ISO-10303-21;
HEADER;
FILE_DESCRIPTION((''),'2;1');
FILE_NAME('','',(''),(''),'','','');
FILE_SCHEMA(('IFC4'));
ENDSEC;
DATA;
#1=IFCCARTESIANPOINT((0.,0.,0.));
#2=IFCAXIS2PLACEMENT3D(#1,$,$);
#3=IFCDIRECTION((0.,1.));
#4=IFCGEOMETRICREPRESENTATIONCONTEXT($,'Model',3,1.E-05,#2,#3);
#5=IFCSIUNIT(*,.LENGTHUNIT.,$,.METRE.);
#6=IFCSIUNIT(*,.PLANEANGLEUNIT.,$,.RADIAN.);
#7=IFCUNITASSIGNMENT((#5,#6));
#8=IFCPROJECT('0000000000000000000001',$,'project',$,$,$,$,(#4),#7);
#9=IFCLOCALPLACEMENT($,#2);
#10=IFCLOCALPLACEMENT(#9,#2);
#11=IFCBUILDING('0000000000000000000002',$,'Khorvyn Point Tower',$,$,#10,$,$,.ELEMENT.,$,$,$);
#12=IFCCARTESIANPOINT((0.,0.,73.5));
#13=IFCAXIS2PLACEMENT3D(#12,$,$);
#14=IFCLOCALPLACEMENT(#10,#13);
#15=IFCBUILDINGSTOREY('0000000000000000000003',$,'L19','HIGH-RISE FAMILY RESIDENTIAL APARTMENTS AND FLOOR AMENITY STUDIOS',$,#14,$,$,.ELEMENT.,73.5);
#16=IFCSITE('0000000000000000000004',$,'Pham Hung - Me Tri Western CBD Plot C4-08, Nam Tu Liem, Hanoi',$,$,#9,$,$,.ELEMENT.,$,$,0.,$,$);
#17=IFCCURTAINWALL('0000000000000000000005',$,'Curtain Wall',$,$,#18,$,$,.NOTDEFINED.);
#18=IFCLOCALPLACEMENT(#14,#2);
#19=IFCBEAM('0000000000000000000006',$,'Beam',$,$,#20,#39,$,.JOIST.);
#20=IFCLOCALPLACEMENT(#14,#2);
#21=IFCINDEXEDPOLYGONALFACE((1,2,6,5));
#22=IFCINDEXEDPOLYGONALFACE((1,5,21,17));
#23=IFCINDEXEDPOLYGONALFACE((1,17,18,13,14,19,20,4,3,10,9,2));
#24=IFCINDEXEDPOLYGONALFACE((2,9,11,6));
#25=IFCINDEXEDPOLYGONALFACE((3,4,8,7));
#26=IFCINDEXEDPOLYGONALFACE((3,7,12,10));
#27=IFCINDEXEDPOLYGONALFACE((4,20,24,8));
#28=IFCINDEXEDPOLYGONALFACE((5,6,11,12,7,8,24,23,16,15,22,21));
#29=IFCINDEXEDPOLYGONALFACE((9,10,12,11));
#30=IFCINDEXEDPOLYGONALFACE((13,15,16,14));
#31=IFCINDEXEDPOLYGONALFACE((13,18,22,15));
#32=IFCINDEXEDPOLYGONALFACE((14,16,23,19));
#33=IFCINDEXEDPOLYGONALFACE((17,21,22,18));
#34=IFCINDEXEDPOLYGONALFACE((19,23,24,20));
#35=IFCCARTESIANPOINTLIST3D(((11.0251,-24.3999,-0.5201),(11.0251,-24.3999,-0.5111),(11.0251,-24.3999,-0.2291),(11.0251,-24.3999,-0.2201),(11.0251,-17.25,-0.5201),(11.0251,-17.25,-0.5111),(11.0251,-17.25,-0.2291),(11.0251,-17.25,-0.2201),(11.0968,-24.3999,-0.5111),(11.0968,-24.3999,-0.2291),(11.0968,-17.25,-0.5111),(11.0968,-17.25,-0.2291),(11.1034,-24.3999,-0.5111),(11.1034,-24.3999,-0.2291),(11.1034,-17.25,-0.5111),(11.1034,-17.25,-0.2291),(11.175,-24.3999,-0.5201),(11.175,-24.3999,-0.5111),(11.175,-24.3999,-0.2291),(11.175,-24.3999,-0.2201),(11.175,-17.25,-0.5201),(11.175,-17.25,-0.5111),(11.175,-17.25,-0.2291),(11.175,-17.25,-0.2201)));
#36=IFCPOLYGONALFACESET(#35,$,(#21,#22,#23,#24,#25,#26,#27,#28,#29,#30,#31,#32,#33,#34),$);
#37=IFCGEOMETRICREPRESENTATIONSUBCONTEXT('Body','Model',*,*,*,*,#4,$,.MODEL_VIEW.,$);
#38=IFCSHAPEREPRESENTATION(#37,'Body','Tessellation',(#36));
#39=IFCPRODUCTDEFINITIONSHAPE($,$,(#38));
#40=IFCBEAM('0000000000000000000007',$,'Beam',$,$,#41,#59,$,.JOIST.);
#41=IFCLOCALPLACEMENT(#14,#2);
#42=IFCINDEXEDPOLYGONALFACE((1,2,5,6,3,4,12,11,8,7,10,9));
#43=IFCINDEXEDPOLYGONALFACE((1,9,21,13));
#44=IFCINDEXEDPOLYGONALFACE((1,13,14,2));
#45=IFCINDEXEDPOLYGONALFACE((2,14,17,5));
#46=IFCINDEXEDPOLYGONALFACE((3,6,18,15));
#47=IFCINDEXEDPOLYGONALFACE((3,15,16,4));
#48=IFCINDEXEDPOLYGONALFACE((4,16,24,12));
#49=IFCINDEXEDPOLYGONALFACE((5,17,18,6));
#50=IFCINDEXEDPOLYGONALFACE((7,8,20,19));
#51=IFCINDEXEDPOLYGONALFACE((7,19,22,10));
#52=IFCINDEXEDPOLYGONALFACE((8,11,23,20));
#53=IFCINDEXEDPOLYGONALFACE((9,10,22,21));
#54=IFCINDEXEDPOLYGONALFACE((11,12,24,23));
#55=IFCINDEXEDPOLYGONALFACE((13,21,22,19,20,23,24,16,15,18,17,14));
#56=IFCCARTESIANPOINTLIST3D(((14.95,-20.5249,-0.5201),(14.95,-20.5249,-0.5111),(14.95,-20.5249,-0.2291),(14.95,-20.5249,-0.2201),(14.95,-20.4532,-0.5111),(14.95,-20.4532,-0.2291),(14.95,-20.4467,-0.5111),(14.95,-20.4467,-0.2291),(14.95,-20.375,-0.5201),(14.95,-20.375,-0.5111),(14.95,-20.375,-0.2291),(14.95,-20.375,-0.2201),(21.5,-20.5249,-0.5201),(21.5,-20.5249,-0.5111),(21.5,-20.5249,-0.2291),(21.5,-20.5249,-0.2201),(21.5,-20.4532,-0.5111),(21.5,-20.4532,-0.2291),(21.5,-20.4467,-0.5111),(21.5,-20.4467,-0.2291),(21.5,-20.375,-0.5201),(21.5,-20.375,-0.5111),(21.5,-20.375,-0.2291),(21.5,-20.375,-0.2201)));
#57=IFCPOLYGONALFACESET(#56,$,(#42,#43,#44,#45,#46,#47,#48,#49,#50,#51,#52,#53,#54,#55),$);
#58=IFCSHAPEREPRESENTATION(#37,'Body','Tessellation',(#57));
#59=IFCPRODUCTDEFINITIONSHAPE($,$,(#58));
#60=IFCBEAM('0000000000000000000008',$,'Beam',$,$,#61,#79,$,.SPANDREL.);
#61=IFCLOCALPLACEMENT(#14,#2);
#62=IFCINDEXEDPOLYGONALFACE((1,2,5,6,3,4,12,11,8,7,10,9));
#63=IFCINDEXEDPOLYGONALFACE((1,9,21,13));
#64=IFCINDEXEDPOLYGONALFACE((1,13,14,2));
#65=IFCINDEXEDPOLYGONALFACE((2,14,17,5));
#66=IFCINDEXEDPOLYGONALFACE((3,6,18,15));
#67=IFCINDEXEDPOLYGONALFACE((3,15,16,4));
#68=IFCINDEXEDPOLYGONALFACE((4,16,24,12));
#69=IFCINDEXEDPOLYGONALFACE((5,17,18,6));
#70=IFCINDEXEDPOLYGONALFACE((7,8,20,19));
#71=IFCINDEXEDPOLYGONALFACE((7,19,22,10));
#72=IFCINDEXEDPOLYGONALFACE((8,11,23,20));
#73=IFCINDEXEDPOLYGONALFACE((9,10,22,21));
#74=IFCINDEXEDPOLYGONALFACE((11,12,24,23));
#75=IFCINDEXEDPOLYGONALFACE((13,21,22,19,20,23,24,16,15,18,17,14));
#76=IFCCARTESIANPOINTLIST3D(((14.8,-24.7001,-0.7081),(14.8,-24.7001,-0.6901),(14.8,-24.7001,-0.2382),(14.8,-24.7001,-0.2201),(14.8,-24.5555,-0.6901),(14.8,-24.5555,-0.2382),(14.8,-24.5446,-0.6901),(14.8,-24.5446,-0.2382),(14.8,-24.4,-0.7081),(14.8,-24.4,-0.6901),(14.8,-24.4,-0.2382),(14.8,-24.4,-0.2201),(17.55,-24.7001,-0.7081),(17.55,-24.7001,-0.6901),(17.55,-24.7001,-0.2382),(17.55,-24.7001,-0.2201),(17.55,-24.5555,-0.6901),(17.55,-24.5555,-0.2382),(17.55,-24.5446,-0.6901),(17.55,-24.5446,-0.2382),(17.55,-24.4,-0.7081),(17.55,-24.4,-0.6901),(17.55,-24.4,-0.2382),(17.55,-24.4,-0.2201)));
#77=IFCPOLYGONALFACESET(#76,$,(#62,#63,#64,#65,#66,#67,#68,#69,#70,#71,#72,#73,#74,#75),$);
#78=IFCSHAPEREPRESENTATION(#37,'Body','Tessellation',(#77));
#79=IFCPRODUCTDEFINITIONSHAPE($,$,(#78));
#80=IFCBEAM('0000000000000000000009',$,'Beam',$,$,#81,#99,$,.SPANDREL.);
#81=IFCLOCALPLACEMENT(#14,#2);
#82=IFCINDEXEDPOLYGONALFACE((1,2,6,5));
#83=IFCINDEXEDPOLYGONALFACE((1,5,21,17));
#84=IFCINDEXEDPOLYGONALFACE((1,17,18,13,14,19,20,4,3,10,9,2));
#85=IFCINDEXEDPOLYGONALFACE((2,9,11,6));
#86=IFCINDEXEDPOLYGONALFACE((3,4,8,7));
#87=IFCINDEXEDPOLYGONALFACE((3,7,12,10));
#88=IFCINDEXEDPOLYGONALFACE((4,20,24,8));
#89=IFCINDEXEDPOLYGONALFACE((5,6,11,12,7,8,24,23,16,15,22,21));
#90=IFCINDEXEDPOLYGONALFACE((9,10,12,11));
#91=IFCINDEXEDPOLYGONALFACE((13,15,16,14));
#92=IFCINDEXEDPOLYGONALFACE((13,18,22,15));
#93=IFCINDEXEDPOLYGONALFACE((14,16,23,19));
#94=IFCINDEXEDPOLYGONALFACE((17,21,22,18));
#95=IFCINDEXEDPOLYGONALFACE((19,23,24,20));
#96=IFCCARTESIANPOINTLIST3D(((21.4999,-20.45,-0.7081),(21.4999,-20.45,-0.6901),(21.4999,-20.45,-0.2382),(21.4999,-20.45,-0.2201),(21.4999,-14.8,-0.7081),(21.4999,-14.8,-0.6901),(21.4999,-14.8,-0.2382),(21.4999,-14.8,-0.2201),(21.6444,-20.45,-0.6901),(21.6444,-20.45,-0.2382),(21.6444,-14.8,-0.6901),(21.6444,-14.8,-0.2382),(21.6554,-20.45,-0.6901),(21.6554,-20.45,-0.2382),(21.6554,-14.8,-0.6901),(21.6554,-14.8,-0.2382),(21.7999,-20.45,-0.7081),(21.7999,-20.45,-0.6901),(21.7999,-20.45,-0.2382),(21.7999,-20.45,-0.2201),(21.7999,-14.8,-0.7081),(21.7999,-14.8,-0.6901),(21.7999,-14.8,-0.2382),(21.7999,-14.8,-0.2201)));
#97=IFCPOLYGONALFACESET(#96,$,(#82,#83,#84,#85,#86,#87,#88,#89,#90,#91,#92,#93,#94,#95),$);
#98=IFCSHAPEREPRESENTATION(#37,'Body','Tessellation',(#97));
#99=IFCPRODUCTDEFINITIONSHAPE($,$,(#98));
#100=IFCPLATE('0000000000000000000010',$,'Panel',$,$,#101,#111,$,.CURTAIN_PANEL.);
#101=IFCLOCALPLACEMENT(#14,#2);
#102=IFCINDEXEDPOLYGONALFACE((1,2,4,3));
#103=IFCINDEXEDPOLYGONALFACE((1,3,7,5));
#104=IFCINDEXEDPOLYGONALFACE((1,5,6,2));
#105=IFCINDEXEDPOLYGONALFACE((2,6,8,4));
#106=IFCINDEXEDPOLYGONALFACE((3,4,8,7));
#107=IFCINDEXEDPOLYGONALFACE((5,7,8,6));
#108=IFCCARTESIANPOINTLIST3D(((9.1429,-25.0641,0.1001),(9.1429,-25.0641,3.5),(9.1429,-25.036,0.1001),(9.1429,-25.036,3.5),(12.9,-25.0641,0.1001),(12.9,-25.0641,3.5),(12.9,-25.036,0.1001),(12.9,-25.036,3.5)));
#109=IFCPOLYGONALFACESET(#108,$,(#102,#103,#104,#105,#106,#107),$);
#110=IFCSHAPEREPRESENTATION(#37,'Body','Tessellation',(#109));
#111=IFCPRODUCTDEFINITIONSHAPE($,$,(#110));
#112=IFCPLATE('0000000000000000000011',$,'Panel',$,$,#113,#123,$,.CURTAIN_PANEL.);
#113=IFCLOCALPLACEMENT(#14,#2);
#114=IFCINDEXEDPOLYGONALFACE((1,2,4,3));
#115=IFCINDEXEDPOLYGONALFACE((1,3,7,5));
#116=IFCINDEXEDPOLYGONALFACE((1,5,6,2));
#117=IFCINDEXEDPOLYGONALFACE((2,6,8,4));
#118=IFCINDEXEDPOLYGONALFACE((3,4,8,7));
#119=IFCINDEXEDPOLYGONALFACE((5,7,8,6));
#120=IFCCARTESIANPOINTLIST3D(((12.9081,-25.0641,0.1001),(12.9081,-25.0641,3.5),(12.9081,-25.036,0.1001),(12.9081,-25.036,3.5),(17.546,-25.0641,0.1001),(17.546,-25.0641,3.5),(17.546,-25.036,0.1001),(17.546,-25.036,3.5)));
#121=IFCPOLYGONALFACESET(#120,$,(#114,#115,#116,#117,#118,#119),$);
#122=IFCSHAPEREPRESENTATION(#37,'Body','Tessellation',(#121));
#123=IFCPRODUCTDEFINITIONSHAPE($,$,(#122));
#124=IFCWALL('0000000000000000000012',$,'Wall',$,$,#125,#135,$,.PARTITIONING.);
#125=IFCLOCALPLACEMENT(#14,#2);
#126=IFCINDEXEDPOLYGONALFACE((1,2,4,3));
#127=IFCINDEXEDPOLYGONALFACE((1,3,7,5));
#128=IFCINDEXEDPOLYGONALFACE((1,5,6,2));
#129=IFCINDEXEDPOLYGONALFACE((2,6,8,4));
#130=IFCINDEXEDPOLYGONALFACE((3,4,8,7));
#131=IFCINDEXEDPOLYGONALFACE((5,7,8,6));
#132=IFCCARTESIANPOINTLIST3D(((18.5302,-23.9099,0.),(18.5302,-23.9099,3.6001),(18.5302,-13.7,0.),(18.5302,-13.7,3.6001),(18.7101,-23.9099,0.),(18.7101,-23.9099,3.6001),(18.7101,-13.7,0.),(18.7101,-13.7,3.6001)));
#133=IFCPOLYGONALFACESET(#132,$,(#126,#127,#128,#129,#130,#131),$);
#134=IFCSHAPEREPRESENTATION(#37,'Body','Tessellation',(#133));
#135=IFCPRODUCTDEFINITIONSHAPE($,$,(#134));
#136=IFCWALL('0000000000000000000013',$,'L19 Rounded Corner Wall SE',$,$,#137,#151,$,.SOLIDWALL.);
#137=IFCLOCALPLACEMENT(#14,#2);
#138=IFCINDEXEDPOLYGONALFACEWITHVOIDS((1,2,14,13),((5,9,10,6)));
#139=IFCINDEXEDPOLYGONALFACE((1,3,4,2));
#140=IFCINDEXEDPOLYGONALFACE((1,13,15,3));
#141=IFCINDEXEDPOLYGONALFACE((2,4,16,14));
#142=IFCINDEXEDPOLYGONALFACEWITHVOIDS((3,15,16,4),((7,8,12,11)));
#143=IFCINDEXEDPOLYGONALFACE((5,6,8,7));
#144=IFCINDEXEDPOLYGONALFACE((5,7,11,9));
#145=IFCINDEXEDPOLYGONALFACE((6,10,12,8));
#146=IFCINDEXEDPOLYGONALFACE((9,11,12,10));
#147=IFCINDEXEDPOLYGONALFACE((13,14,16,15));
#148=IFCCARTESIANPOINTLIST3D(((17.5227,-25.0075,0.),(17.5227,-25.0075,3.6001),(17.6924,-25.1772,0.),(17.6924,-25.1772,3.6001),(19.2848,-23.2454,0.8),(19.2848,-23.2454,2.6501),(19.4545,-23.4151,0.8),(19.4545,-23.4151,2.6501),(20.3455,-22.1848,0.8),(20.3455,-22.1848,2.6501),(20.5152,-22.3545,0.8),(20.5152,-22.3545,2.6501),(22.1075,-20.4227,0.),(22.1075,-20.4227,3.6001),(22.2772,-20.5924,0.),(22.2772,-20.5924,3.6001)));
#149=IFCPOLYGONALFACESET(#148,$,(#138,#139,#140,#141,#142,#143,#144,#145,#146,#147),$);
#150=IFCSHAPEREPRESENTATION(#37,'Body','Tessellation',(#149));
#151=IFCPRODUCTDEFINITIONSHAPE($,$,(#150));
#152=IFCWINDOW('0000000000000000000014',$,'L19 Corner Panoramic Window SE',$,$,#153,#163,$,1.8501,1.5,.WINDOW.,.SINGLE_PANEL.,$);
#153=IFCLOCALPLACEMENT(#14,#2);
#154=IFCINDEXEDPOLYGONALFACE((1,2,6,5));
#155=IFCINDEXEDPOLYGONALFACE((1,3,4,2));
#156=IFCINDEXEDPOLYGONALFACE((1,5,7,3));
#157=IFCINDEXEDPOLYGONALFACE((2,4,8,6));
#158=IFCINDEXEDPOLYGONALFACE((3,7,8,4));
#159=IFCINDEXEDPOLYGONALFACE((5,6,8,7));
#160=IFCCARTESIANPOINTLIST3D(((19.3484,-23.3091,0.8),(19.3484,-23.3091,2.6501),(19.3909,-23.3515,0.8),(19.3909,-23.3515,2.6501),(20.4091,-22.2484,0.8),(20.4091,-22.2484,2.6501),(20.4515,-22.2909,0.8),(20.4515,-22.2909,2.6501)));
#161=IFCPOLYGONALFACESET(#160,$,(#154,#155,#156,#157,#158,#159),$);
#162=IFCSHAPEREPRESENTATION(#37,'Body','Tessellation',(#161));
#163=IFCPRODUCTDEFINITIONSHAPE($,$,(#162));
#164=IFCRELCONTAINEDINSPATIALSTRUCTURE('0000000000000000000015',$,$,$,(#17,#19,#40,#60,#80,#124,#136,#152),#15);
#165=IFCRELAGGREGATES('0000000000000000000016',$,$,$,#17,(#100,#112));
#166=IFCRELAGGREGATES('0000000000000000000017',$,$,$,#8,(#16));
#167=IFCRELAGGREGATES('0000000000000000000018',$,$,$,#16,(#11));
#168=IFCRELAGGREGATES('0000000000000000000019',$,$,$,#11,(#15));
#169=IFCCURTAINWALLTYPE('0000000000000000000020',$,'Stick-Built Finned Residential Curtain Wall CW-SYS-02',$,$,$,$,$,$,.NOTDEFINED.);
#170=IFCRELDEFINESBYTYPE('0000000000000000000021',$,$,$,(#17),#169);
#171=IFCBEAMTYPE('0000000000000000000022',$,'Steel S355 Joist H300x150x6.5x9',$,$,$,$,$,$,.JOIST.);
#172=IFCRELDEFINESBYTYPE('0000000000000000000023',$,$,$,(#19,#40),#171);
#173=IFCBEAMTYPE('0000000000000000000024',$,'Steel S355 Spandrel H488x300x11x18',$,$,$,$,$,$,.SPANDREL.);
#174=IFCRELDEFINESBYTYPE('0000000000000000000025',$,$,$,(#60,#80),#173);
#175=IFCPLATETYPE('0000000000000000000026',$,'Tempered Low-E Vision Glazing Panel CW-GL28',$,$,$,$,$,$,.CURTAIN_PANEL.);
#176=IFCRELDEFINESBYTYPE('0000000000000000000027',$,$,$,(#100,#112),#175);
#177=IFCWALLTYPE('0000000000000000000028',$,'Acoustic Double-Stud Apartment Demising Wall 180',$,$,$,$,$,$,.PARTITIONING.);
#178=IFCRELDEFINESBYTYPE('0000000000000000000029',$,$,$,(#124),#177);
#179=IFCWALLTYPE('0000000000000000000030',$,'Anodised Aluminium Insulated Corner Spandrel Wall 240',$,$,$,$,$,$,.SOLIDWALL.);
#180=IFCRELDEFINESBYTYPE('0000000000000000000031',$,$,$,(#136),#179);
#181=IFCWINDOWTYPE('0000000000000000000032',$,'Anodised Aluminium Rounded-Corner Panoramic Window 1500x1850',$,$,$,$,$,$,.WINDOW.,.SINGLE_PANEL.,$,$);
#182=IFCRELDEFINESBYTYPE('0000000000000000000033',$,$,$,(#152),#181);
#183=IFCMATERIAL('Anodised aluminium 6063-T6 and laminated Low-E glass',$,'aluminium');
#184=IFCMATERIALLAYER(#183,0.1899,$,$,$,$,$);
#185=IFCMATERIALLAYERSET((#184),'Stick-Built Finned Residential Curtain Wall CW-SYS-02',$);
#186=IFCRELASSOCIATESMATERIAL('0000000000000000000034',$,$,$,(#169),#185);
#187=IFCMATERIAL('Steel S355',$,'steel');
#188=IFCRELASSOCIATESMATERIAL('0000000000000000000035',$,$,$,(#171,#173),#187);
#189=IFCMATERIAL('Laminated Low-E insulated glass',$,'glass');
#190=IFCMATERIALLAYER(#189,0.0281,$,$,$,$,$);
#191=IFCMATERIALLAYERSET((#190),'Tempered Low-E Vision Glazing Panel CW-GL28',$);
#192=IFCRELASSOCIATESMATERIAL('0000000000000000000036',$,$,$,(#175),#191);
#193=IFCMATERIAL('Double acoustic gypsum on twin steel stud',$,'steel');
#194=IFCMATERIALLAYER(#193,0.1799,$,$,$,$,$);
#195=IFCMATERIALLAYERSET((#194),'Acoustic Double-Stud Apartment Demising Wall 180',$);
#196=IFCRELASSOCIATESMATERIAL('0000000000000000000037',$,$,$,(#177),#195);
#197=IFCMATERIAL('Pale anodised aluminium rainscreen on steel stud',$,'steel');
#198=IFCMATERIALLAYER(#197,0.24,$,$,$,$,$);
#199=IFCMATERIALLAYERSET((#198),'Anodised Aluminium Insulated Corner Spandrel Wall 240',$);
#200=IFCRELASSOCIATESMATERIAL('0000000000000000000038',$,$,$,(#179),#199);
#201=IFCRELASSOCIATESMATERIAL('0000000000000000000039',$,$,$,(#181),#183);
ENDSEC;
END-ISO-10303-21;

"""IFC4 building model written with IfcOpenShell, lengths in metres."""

from ifc_helpers import new_model, si_unit, direction, frame, frame_2d, origin, origin_2d, place, context, subcontext, project, spatial, rectangle, i_section, extrude, material, layer, layer_set, material_profile, profile_set, type_object, element, fill, aggregate, save


model = new_model("IFC4")

# Units and contexts
model_context = context("Model", 3, precision=1e-05, world=origin(), true_north=direction((0.0, 1.0)))
body_context = subcontext(model_context, "Body", "Model", "MODEL_VIEW")
ifc_project = project(units=[si_unit("LENGTHUNIT", "METRE"), si_unit("PLANEANGLEUNIT", "RADIAN")], contexts=[model_context])

# Site, building, storey
site_placement = place(None, origin())
site = spatial("IfcSite", under=ifc_project, at=site_placement, Name="Pham Hung - Me Tri Western CBD Plot C4-08, Nam Tu Liem, Hanoi", CompositionType="ELEMENT", RefElevation=0.0)
building_placement = place(site_placement, origin())
building = spatial("IfcBuilding", under=site, at=building_placement, Name="Khorvyn Point Tower", CompositionType="ELEMENT")
storey_placement = place(building_placement, frame((0.0, 0.0, 73.5)))
storey = spatial("IfcBuildingStorey", under=building, at=storey_placement, Name="L19", Description="HIGH-RISE FAMILY RESIDENTIAL APARTMENTS AND FLOOR AMENITY STUDIOS", CompositionType="ELEMENT", Elevation=73.5)

# Curtain wall
ifc_material_1 = material(Name="Anodised aluminium 6063-T6 and laminated Low-E glass", Category="aluminium")
ifc_layer_1 = layer(ifc_material_1, 0.1899)
ifc_layer_set_1 = layer_set([ifc_layer_1], Name="Stick-Built Finned Residential Curtain Wall CW-SYS-02")
curtain_wall_type = type_object("IfcCurtainWallType", Name="Stick-Built Finned Residential Curtain Wall CW-SYS-02", PredefinedType="NOTDEFINED", material=ifc_layer_set_1)
curtain_wall_1_placement = place(storey_placement, origin())
curtain_wall_1 = element("IfcCurtainWall", 1, at=curtain_wall_1_placement, inside=storey, type_object=curtain_wall_type, Name="Curtain Wall", PredefinedType="NOTDEFINED")

# Beams
ifc_material_2 = material(Name="Steel S355", Category="steel")
ifc_material_profile_1 = material_profile(ifc_material_2, i_section(OverallWidth=0.1499, OverallDepth=0.3, WebThickness=0.0066, FlangeThickness=0.009, at=origin_2d()))
ifc_profile_set_1 = profile_set([ifc_material_profile_1], Name="Steel S355 H300x150x6.5x9")
beam_type_1 = type_object("IfcBeamType", Name="Steel S355 Joist H300x150x6.5x9", PredefinedType="JOIST", material=ifc_profile_set_1)
beam_1_placement = place(storey_placement, frame((11.1001, -24.3999, -0.3701), z_axis=(0.0, 1.0, 0.0), x_axis=(-1.0, 0.0, 0.0)))
element("IfcBeam", 2, at=beam_1_placement, inside=storey, type_object=beam_type_1, Name="Beam", PredefinedType="JOIST", context=body_context, shape_type="SweptSolid", body=[
    extrude(i_section(OverallWidth=0.1499, OverallDepth=0.3, WebThickness=0.0066, FlangeThickness=0.009, at=origin_2d()), origin(), (0.0, 0.0, 1.0), 7.1499),
])
beam_2_placement = place(storey_placement, frame((14.95, -20.45, -0.3701), z_axis=(1.0, 0.0, 0.0), x_axis=(0.0, 1.0, 0.0)))
element("IfcBeam", 3, at=beam_2_placement, inside=storey, type_object=beam_type_1, Name="Beam", PredefinedType="JOIST", context=body_context, shape_type="SweptSolid", body=[
    extrude(i_section(OverallWidth=0.1499, OverallDepth=0.3, WebThickness=0.0066, FlangeThickness=0.009, at=origin_2d()), origin(), (0.0, 0.0, 1.0), 6.55),
])
ifc_material_profile_2 = material_profile(ifc_material_2, i_section(OverallWidth=0.3, OverallDepth=0.488, WebThickness=0.011, FlangeThickness=0.0181, at=origin_2d()))
ifc_profile_set_2 = profile_set([ifc_material_profile_2], Name="Steel S355 H488x300x11x18")
beam_type_2 = type_object("IfcBeamType", Name="Steel S355 Spandrel H488x300x11x18", PredefinedType="SPANDREL", material=ifc_profile_set_2)
beam_3_placement = place(storey_placement, frame((14.8, -24.55, -0.4641), z_axis=(1.0, 0.0, 0.0), x_axis=(0.0, 1.0, 0.0)))
element("IfcBeam", 4, at=beam_3_placement, inside=storey, type_object=beam_type_2, Name="Beam", PredefinedType="SPANDREL", context=body_context, shape_type="SweptSolid", body=[
    extrude(i_section(OverallWidth=0.3, OverallDepth=0.488, WebThickness=0.011, FlangeThickness=0.0181, at=origin_2d()), origin(), (0.0, 0.0, 1.0), 2.75),
])
beam_4_placement = place(storey_placement, frame((21.6499, -20.45, -0.4641), z_axis=(0.0, 1.0, 0.0), x_axis=(-1.0, 0.0, 0.0)))
element("IfcBeam", 5, at=beam_4_placement, inside=storey, type_object=beam_type_2, Name="Beam", PredefinedType="SPANDREL", context=body_context, shape_type="SweptSolid", body=[
    extrude(i_section(OverallWidth=0.3, OverallDepth=0.488, WebThickness=0.011, FlangeThickness=0.0181, at=origin_2d()), origin(), (0.0, 0.0, 1.0), 5.6499),
])

# Plates
ifc_material_3 = material(Name="Laminated Low-E insulated glass", Category="glass")
ifc_layer_2 = layer(ifc_material_3, 0.0281)
ifc_layer_set_2 = layer_set([ifc_layer_2], Name="Tempered Low-E Vision Glazing Panel CW-GL28")
plate_type = type_object("IfcPlateType", Name="Tempered Low-E Vision Glazing Panel CW-GL28", PredefinedType="CURTAIN_PANEL", material=ifc_layer_set_2)
plate_1_placement = place(storey_placement, frame((11.0215, -25.05, 0.1001), z_axis=(0.0, 0.0, 1.0), x_axis=(-1.0, 0.0, 0.0)))
plate_1 = element("IfcPlate", 6, at=plate_1_placement, type_object=plate_type, Name="Panel", PredefinedType="CURTAIN_PANEL", context=body_context, shape_type="SweptSolid", body=[
    extrude(rectangle(XDim=3.7571, YDim=0.0281, at=origin_2d()), origin(), (0.0, 0.0, 1.0), 3.3999),
])
plate_2_placement = place(storey_placement, frame((15.2271, -25.05, 0.1001), z_axis=(0.0, 0.0, 1.0), x_axis=(-1.0, 0.0, 0.0)))
plate_2 = element("IfcPlate", 7, at=plate_2_placement, type_object=plate_type, Name="Panel", PredefinedType="CURTAIN_PANEL", context=body_context, shape_type="SweptSolid", body=[
    extrude(rectangle(XDim=4.6379, YDim=0.0281, at=origin_2d()), origin(), (0.0, 0.0, 1.0), 3.3999),
])
aggregate(curtain_wall_1, [plate_1, plate_2])

# Wall
ifc_material_4 = material(Name="Double acoustic gypsum on twin steel stud", Category="steel")
ifc_layer_3 = layer(ifc_material_4, 0.1799)
ifc_layer_set_3 = layer_set([ifc_layer_3], Name="Acoustic Double-Stud Apartment Demising Wall 180")
wall_type_1 = type_object("IfcWallType", Name="Acoustic Double-Stud Apartment Demising Wall 180", PredefinedType="PARTITIONING", material=ifc_layer_set_3)
wall_1_placement = place(storey_placement, frame((18.6201, -23.9099, 0.0), z_axis=(0.0, 0.0, 1.0), x_axis=(0.0, 1.0, 0.0)))
element("IfcWall", 8, at=wall_1_placement, inside=storey, type_object=wall_type_1, Name="Wall", PredefinedType="PARTITIONING", context=body_context, shape_type="SweptSolid", body=[
    extrude(rectangle(XDim=10.21, YDim=0.1799, at=frame_2d((5.105, 0.0))), origin(), (0.0, 0.0, 1.0), 3.6001),
])

# Wall, opening, window
ifc_material_5 = material(Name="Pale anodised aluminium rainscreen on steel stud", Category="steel")
ifc_layer_4 = layer(ifc_material_5, 0.24)
ifc_layer_set_4 = layer_set([ifc_layer_4], Name="Anodised Aluminium Insulated Corner Spandrel Wall 240")
wall_type_2 = type_object("IfcWallType", Name="Anodised Aluminium Insulated Corner Spandrel Wall 240", PredefinedType="SOLIDWALL", material=ifc_layer_set_4)
wall_2_placement = place(storey_placement, frame((22.1924, -20.5076, 0.0), z_axis=(0.0, 0.0, 1.0), x_axis=(-0.707107, -0.707107, 0.0)))
wall_2 = element("IfcWall", 9, at=wall_2_placement, inside=storey, type_object=wall_type_2, Name="L19 Rounded Corner Wall SE", PredefinedType="SOLIDWALL", context=body_context, shape_type="SweptSolid", body=[
    extrude(rectangle(XDim=6.4839, YDim=0.24, at=frame_2d((3.2419, 0.0))), origin(), (0.0, 0.0, 1.0), 3.6001),
])
opening_1_placement = place(wall_2_placement, frame((2.4919, 0.0, 0.8)))
opening_1 = element("IfcOpeningElement", 10, at=opening_1_placement, cuts=wall_2, PredefinedType="OPENING", context=body_context, shape_type="SweptSolid", body=[
    extrude(rectangle(XDim=1.5, YDim=1.8501, at=frame_2d((0.75, 0.925))), frame((0.0, 0.1299, 0.0), z_axis=(0.0, -1.0, 0.0), x_axis=(1.0, 0.0, 0.0)), (0.0, 0.0, 1.0), 0.26),
])
window_type = type_object("IfcWindowType", Name="Anodised Aluminium Rounded-Corner Panoramic Window 1500x1850", PartitioningType="SINGLE_PANEL", PredefinedType="WINDOW", material=ifc_material_1)
window_placement = place(opening_1_placement, origin())
window = element("IfcWindow", 11, at=window_placement, inside=storey, type_object=window_type, Name="L19 Corner Panoramic Window SE", OverallHeight=1.8501, OverallWidth=1.5, PartitioningType="SINGLE_PANEL", PredefinedType="WINDOW", context=body_context, shape_type="SweptSolid", body=[
    extrude(rectangle(XDim=1.5, YDim=1.8501, at=frame_2d((0.75, 0.925))), frame((0.0, 0.03, 0.0), z_axis=(0.0, -1.0, 0.0), x_axis=(1.0, 0.0, 0.0)), (0.0, 0.0, 1.0), 0.0601),
])
fill(opening_1, window)

save(model, "model.ifc")
